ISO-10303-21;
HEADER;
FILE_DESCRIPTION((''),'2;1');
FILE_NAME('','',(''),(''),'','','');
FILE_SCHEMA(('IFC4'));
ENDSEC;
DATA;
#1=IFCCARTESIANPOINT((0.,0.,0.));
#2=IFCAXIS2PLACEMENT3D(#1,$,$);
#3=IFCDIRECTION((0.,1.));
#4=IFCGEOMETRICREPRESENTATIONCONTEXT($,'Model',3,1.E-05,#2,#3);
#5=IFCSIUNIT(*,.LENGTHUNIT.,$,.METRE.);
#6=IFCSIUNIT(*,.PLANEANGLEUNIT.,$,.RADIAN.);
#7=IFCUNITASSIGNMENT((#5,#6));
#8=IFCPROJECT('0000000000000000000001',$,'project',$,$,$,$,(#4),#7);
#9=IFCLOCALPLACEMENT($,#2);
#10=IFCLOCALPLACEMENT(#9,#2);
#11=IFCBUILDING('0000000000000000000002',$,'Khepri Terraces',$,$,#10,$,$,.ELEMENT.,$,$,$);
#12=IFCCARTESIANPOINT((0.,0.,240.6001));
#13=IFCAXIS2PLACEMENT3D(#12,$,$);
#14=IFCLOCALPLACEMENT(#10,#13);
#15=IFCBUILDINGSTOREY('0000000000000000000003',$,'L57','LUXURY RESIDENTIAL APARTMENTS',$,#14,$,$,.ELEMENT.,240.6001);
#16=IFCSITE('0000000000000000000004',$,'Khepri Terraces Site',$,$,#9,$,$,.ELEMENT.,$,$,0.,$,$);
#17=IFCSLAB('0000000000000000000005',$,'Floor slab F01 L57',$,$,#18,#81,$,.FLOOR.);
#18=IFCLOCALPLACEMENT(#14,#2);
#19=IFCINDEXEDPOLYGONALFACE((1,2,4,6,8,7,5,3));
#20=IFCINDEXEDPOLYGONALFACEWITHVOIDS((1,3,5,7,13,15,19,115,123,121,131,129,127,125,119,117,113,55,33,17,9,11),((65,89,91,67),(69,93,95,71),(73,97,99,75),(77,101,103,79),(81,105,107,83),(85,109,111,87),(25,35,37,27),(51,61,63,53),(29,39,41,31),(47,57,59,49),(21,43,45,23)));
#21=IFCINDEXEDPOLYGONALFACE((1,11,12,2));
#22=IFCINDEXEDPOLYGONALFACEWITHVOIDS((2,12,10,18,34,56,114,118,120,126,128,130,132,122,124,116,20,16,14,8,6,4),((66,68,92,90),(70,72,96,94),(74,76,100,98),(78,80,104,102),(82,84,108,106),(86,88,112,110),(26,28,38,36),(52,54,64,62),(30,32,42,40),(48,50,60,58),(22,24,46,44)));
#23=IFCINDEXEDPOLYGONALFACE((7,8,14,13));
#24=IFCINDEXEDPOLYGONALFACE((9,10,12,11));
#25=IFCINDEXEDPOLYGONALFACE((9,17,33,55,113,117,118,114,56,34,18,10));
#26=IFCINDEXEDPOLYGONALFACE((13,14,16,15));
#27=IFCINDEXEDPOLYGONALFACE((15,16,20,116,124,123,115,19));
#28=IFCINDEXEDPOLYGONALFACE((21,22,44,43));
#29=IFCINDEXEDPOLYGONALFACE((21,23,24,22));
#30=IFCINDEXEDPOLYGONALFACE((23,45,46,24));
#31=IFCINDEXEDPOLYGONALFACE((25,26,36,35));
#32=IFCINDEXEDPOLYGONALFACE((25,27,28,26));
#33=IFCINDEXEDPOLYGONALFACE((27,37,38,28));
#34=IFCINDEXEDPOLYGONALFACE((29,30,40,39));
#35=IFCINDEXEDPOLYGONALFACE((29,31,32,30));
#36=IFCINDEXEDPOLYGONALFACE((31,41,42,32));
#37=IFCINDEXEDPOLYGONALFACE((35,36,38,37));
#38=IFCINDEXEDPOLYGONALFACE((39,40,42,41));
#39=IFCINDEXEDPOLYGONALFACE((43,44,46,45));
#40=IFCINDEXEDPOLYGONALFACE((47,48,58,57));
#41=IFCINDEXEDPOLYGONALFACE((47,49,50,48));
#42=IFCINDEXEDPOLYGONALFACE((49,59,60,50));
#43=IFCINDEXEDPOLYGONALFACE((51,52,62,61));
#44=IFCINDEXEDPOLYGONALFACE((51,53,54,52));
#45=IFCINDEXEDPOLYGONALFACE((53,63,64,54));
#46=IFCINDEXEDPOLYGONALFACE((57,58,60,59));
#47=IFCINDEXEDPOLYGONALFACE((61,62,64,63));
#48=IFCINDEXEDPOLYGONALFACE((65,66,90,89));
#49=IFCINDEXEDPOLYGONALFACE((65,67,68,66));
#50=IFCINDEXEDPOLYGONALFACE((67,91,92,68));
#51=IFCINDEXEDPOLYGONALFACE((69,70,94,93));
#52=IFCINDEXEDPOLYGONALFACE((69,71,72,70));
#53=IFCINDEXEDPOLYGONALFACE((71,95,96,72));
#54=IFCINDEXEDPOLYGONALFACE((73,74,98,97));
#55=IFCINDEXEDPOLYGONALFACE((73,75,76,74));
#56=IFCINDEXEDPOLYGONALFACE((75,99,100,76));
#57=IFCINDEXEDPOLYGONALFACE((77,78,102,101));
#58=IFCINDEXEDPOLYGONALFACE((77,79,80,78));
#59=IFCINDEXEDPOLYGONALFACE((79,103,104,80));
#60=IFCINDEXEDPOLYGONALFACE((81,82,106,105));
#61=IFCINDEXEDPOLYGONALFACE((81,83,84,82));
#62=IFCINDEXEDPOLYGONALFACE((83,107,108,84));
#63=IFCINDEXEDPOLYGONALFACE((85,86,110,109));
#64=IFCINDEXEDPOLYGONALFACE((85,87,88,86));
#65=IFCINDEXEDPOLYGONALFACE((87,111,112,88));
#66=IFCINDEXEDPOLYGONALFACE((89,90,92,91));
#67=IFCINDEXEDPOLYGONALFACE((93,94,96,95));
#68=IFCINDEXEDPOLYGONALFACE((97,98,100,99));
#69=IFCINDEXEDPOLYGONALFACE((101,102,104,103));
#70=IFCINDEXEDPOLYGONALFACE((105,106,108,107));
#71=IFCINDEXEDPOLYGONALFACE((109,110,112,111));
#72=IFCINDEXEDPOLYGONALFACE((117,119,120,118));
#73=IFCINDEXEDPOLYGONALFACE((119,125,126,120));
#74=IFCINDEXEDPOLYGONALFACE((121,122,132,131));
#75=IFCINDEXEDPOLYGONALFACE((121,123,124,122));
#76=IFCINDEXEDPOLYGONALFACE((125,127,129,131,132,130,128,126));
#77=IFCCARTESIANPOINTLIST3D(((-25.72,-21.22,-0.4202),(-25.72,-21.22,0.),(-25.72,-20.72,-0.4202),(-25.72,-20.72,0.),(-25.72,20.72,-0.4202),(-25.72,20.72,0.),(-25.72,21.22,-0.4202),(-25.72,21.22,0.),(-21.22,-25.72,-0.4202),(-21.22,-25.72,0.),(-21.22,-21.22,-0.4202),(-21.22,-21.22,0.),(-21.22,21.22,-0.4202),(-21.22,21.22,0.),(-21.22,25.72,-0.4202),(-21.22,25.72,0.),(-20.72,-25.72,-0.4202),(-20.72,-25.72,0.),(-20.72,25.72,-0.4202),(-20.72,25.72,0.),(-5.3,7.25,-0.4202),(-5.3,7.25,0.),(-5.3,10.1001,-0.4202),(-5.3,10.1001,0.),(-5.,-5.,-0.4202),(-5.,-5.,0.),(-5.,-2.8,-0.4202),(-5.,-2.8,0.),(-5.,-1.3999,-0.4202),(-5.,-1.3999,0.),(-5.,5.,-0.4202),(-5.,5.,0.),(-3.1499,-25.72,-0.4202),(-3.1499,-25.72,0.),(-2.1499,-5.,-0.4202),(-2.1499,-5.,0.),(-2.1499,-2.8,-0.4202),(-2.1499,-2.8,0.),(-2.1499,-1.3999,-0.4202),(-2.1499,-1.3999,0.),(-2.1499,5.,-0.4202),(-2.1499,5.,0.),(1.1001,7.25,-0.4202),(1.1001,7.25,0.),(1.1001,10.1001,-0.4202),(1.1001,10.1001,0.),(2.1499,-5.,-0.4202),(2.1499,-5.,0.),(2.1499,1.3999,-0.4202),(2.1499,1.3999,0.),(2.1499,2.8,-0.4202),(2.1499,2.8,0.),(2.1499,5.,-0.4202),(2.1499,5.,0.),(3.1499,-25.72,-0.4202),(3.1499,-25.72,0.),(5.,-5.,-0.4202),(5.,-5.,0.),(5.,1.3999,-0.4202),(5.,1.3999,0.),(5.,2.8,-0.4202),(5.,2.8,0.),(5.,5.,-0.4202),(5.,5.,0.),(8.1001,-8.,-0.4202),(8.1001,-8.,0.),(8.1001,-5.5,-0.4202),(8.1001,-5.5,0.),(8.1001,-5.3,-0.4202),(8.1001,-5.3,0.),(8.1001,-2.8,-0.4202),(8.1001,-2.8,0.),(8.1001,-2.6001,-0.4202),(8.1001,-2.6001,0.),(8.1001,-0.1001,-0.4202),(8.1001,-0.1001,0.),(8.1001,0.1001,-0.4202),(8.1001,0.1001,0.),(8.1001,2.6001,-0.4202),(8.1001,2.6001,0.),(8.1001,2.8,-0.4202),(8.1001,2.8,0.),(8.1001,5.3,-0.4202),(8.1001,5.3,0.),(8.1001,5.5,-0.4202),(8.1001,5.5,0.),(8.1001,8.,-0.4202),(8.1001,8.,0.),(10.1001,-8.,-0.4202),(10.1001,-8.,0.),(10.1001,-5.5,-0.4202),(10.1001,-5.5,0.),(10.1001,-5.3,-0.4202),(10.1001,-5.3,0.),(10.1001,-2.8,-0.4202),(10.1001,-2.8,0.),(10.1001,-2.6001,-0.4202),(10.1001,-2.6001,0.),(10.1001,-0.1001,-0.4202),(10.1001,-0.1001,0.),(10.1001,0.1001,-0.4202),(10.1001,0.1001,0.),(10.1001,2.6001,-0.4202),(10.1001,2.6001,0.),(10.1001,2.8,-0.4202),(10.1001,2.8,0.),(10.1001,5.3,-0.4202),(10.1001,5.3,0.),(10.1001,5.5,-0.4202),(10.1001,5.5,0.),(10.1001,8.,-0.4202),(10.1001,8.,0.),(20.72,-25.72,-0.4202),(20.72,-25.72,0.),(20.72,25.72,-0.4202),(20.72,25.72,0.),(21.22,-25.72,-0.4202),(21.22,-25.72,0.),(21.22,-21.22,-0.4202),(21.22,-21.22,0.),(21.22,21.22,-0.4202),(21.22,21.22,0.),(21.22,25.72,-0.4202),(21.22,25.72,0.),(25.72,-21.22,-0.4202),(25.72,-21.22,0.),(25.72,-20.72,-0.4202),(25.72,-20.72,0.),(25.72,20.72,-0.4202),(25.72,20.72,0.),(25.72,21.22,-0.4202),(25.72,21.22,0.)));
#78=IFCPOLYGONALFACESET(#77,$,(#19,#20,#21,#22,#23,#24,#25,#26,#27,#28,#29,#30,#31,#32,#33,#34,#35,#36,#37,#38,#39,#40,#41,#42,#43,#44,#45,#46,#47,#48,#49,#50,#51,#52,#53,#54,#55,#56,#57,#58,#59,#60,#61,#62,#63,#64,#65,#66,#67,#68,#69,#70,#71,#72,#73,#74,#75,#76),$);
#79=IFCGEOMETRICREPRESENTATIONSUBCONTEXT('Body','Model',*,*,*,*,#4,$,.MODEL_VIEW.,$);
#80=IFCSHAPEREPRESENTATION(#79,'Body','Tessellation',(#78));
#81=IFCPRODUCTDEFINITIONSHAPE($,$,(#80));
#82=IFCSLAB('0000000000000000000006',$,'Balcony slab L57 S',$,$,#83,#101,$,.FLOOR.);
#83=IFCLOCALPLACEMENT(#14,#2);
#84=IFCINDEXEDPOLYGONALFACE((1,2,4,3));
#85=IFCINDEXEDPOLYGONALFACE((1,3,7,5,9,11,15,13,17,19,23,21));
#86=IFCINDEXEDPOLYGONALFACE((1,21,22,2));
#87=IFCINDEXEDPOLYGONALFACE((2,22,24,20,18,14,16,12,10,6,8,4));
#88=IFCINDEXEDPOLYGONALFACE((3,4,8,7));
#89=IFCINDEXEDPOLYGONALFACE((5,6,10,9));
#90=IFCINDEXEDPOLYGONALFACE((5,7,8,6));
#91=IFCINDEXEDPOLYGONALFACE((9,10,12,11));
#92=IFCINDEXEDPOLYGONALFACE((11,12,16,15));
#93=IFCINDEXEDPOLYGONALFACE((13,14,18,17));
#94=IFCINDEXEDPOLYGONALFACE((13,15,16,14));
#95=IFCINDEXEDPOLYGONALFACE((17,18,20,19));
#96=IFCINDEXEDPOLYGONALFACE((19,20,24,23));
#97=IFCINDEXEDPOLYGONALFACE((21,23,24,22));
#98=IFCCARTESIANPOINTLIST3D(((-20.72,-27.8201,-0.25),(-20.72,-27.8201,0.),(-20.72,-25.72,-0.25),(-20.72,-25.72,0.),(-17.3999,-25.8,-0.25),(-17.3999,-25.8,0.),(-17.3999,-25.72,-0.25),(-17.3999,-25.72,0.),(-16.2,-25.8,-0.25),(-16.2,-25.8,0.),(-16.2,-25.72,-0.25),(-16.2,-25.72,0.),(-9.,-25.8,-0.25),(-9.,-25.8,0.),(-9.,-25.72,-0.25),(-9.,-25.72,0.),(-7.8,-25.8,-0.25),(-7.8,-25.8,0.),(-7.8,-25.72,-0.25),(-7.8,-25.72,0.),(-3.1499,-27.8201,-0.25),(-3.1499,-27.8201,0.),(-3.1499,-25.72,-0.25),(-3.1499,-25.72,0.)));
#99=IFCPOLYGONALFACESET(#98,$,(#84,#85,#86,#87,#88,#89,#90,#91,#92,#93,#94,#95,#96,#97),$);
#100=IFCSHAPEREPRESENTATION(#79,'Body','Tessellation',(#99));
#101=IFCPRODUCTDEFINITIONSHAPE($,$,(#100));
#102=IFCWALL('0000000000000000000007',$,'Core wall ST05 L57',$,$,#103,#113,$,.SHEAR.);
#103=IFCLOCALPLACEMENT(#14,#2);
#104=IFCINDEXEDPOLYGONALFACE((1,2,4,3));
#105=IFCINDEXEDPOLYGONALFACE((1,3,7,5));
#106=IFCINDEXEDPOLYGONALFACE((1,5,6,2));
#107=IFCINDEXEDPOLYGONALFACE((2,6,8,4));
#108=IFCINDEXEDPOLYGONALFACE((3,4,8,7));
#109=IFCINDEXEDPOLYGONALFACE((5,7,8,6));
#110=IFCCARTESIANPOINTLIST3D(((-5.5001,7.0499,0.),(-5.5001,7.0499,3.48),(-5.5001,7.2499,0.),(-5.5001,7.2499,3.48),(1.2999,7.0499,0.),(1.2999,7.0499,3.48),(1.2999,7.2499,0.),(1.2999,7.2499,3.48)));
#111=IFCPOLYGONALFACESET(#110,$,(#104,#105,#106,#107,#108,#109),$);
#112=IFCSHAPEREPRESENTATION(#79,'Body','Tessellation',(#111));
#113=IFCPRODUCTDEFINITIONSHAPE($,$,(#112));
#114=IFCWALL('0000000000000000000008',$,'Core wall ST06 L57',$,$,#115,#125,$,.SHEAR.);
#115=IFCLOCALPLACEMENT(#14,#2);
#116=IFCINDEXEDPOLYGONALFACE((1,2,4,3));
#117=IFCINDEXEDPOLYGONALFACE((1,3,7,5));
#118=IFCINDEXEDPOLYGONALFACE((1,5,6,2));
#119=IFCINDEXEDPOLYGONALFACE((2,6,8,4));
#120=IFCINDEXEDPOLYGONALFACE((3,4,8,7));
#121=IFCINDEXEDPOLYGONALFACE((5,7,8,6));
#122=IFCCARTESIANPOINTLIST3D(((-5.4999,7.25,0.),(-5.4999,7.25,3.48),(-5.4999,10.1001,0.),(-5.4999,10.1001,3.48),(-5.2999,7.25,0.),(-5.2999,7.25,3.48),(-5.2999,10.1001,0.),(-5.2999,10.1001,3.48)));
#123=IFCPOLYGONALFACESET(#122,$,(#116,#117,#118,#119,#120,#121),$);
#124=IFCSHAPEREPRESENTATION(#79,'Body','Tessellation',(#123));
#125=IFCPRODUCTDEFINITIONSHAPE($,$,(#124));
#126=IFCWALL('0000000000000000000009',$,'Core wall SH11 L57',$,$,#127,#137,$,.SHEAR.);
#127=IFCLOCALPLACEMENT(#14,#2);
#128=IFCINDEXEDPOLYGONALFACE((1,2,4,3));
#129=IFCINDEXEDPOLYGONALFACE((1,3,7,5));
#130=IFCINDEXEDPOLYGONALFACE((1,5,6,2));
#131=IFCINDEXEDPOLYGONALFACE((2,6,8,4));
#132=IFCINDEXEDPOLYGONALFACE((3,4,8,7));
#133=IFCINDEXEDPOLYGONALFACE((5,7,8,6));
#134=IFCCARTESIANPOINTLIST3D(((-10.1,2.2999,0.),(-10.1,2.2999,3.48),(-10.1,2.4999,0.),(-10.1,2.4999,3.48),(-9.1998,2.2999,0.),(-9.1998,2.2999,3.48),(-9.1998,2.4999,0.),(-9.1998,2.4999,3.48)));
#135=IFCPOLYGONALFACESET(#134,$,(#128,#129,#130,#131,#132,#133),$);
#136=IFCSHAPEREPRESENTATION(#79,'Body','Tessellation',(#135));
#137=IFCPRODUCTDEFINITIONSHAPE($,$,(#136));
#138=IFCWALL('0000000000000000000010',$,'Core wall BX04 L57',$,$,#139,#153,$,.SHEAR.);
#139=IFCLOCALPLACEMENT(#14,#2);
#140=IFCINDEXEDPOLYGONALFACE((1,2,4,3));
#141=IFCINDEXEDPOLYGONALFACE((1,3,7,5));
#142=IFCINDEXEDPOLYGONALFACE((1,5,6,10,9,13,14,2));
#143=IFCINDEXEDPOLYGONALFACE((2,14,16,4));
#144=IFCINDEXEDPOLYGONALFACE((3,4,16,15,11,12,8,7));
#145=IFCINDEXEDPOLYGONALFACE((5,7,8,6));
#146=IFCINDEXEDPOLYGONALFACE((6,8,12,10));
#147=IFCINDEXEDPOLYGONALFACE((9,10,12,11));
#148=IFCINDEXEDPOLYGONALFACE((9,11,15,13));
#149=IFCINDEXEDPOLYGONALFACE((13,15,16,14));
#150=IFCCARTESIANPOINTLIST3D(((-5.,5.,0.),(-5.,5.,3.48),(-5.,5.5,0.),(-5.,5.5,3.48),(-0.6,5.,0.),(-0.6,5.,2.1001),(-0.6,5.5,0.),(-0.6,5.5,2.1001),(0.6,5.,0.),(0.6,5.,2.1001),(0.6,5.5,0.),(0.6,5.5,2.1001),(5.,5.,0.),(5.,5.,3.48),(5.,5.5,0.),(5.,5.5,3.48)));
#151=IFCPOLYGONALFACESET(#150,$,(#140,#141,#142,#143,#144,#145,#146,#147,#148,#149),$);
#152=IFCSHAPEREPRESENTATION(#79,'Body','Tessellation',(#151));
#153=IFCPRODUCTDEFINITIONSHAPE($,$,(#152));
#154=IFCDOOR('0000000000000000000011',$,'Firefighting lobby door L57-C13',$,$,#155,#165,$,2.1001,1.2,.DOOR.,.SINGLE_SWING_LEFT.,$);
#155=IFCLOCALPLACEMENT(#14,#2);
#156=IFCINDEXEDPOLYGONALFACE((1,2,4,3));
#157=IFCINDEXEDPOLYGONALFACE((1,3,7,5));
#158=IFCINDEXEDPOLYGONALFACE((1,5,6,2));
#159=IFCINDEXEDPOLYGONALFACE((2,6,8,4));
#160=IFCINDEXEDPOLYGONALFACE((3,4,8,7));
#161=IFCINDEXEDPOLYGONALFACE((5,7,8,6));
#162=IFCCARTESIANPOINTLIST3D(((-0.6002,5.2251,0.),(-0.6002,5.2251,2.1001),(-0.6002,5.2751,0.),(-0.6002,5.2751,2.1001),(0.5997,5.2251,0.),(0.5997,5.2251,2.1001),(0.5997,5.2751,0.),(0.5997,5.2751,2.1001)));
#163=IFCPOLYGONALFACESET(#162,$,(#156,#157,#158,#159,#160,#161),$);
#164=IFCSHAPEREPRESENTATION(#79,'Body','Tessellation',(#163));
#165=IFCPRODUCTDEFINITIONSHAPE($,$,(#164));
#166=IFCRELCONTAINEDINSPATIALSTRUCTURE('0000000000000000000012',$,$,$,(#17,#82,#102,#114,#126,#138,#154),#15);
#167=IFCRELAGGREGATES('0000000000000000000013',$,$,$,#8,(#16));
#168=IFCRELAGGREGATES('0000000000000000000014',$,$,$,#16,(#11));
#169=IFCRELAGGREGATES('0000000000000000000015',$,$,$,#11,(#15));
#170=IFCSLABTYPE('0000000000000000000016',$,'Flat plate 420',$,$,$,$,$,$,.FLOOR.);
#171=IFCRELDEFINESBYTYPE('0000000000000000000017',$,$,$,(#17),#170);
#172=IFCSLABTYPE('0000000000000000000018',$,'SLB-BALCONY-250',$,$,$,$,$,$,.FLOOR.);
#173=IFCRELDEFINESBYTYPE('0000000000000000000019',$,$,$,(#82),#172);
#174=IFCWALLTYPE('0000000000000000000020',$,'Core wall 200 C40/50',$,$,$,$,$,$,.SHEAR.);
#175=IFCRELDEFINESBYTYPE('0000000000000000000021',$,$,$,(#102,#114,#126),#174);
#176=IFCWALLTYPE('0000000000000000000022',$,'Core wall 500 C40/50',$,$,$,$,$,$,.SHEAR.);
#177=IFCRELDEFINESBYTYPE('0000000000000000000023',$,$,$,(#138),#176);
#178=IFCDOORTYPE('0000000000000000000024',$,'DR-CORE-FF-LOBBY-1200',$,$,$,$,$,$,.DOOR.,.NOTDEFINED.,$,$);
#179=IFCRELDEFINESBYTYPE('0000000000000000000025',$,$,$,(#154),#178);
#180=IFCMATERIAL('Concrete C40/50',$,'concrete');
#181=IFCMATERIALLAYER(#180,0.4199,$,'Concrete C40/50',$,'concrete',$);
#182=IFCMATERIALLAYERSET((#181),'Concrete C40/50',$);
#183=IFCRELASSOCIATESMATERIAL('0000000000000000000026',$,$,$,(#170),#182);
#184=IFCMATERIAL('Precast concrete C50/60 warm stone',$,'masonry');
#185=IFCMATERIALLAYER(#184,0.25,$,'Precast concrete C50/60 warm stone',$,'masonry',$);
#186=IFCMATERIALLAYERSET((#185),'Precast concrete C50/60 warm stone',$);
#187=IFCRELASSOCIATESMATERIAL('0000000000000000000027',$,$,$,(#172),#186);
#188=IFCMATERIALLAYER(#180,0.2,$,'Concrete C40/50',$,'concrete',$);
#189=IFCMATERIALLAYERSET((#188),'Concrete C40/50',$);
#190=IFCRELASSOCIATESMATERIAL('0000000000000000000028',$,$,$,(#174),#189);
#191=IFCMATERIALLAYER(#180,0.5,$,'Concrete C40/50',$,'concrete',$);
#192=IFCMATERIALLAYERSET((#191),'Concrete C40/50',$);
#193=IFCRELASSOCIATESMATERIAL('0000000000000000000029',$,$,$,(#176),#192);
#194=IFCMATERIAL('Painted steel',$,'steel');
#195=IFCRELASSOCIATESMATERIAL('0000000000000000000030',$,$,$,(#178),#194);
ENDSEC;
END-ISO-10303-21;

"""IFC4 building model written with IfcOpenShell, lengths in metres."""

from ifc_helpers import new_model, si_unit, direction, frame, frame_2d, origin, place, context, subcontext, project, spatial, polyline, rectangle, outline, extrude, material, layer, layer_set, type_object, element, fill, save


model = new_model("IFC4")

# Units and contexts
model_context = context("Model", 3, precision=1e-05, world=origin(), true_north=direction((0.0, 1.0)))
body_context = subcontext(model_context, "Body", "Model", "MODEL_VIEW")
ifc_project = project(units=[si_unit("LENGTHUNIT", "METRE"), si_unit("PLANEANGLEUNIT", "RADIAN")], contexts=[model_context])

# Site, building, storey
site_placement = place(None, origin())
site = spatial("IfcSite", under=ifc_project, at=site_placement, Name="Khepri Terraces Site", CompositionType="ELEMENT", RefElevation=0.0)
building_placement = place(site_placement, origin())
building = spatial("IfcBuilding", under=site, at=building_placement, Name="Khepri Terraces", CompositionType="ELEMENT")
storey_placement = place(building_placement, frame((0.0, 0.0, 240.6001)))
storey = spatial("IfcBuildingStorey", under=building, at=storey_placement, Name="L57", Description="LUXURY RESIDENTIAL APARTMENTS", CompositionType="ELEMENT", Elevation=240.6001)

# Slabs
ifc_material_1 = material(Name="Concrete C40/50", Category="concrete")
ifc_layer_1 = layer(ifc_material_1, 0.4199, Name="Concrete C40/50", Category="concrete")
ifc_layer_set_1 = layer_set([ifc_layer_1], Name="Concrete C40/50")
slab_type_1 = type_object("IfcSlabType", Name="Flat plate 420", PredefinedType="FLOOR", material=ifc_layer_set_1)
slab_1_placement = place(storey_placement, frame((0.0, 0.0, -0.4202)))
element("IfcSlab", 1, at=slab_1_placement, inside=storey, type_object=slab_type_1, Name="Floor slab F01 L57", PredefinedType="FLOOR", context=body_context, shape_type="SweptSolid", body=[
    extrude(outline(polyline([(25.72, -20.72), (25.72, -21.22), (21.22, -21.22), (21.22, -25.72), (20.72, -25.72), (3.1499, -25.72), (-3.1499, -25.72), (-20.72, -25.72), (-21.22, -25.72), (-21.22, -21.22), (-25.72, -21.22), (-25.72, -20.72), (-25.72, 20.72), (-25.72, 21.22), (-21.22, 21.22), (-21.22, 25.72), (-20.72, 25.72), (20.72, 25.72), (21.22, 25.72), (21.22, 21.22), (25.72, 21.22), (25.72, 20.72), (25.72, -20.72)]), holes=[polyline([(2.1499, 2.8), (5.0, 2.8), (5.0, 5.0), (2.1499, 5.0), (2.1499, 2.8)]), polyline([(-5.0, -2.8), (-5.0, -5.0), (-2.1499, -5.0), (-2.1499, -2.8), (-5.0, -2.8)]), polyline([(10.1001, -5.5), (8.1001, -5.5), (8.1001, -8.0), (10.1001, -8.0), (10.1001, -5.5)]), polyline([(10.1001, -5.3), (10.1001, -2.8), (8.1001, -2.8), (8.1001, -5.3), (10.1001, -5.3)]), polyline([(8.1001, -2.6001), (10.1001, -2.6001), (10.1001, -0.1001), (8.1001, -0.1001), (8.1001, -2.6001)]), polyline([(8.1001, 2.6001), (8.1001, 0.1001), (10.1001, 0.1001), (10.1001, 2.6001), (8.1001, 2.6001)]), polyline([(10.1001, 5.3), (8.1001, 5.3), (8.1001, 2.8), (10.1001, 2.8), (10.1001, 5.3)]), polyline([(10.1001, 5.5), (10.1001, 8.0), (8.1001, 8.0), (8.1001, 5.5), (10.1001, 5.5)]), polyline([(-5.0, -1.3999), (-2.1499, -1.3999), (-2.1499, 5.0), (-5.0, 5.0), (-5.0, -1.3999)]), polyline([(5.0, -5.0), (5.0, 1.3999), (2.1499, 1.3999), (2.1499, -5.0), (5.0, -5.0)]), polyline([(-5.3, 10.1001), (-5.3, 7.25), (1.1001, 7.25), (1.1001, 10.1001), (-5.3, 10.1001)])]), origin(), (0.0, 0.0, 1.0), 0.4202),
])
ifc_material_2 = material(Name="Precast concrete C50/60 warm stone", Category="masonry")
ifc_layer_2 = layer(ifc_material_2, 0.25, Name="Precast concrete C50/60 warm stone", Category="masonry")
ifc_layer_set_2 = layer_set([ifc_layer_2], Name="Precast concrete C50/60 warm stone")
slab_type_2 = type_object("IfcSlabType", Name="SLB-BALCONY-250", PredefinedType="FLOOR", material=ifc_layer_set_2)
slab_2_placement = place(storey_placement, frame((0.0, 0.0, -0.25)))
element("IfcSlab", 2, at=slab_2_placement, inside=storey, type_object=slab_type_2, Name="Balcony slab L57 S", PredefinedType="FLOOR", context=body_context, shape_type="SweptSolid", body=[
    extrude(outline(polyline([(-17.3999, -25.72), (-20.72, -25.72), (-20.72, -27.8201), (-3.1499, -27.8201), (-3.1499, -25.72), (-7.8, -25.72), (-7.8, -25.8), (-9.0, -25.8), (-9.0, -25.72), (-16.2, -25.72), (-16.2, -25.8), (-17.3999, -25.8), (-17.3999, -25.72)])), origin(), (0.0, 0.0, 1.0), 0.25),
])

# Walls
ifc_layer_3 = layer(ifc_material_1, 0.2, Name="Concrete C40/50", Category="concrete")
ifc_layer_set_3 = layer_set([ifc_layer_3], Name="Concrete C40/50")
wall_type_1 = type_object("IfcWallType", Name="Core wall 200 C40/50", PredefinedType="SHEAR", material=ifc_layer_set_3)
wall_1_placement = place(storey_placement, frame((-5.5, 7.1499, 0.0), z_axis=(0.0, 0.0, 1.0), x_axis=(1.0, 0.0, 0.0)))
element("IfcWall", 3, at=wall_1_placement, inside=storey, type_object=wall_type_1, Name="Core wall ST05 L57", PredefinedType="SHEAR", context=body_context, shape_type="SweptSolid", body=[
    extrude(rectangle(XDim=6.8, YDim=0.2, at=frame_2d((3.3999, 0.0))), origin(), (0.0, 0.0, 1.0), 3.48),
])
wall_2_placement = place(storey_placement, frame((-5.3999, 7.25, 0.0), z_axis=(0.0, 0.0, 1.0), x_axis=(0.0, 1.0, 0.0)))
element("IfcWall", 4, at=wall_2_placement, inside=storey, type_object=wall_type_1, Name="Core wall ST06 L57", PredefinedType="SHEAR", context=body_context, shape_type="SweptSolid", body=[
    extrude(rectangle(XDim=2.8501, YDim=0.2, at=frame_2d((1.425, 0.0))), origin(), (0.0, 0.0, 1.0), 3.48),
])
wall_3_placement = place(storey_placement, frame((-10.1001, 2.3999, 0.0), z_axis=(0.0, 0.0, 1.0), x_axis=(1.0, 0.0, 0.0)))
element("IfcWall", 5, at=wall_3_placement, inside=storey, type_object=wall_type_1, Name="Core wall SH11 L57", PredefinedType="SHEAR", context=body_context, shape_type="SweptSolid", body=[
    extrude(rectangle(XDim=0.9001, YDim=0.2, at=frame_2d((0.4502, 0.0))), origin(), (0.0, 0.0, 1.0), 3.48),
])

# Wall, opening, door
ifc_layer_4 = layer(ifc_material_1, 0.5, Name="Concrete C40/50", Category="concrete")
ifc_layer_set_4 = layer_set([ifc_layer_4], Name="Concrete C40/50")
wall_type_2 = type_object("IfcWallType", Name="Core wall 500 C40/50", PredefinedType="SHEAR", material=ifc_layer_set_4)
wall_4_placement = place(storey_placement, frame((-5.0, 5.25, 0.0), z_axis=(0.0, 0.0, 1.0), x_axis=(1.0, 0.0, 0.0)))
wall_4 = element("IfcWall", 6, at=wall_4_placement, inside=storey, type_object=wall_type_2, Name="Core wall BX04 L57", PredefinedType="SHEAR", context=body_context, shape_type="SweptSolid", body=[
    extrude(rectangle(XDim=10.0, YDim=0.5, at=frame_2d((5.0, 0.0))), origin(), (0.0, 0.0, 1.0), 3.48),
])
opening_1_placement = place(wall_4_placement, frame((4.3999, 0.0, 0.0)))
opening_1 = element("IfcOpeningElement", 7, at=opening_1_placement, cuts=wall_4, PredefinedType="OPENING", context=body_context, shape_type="SweptSolid", body=[
    extrude(rectangle(XDim=1.2, YDim=2.1001, at=frame_2d((0.6001, 1.05))), frame((0.0, 0.26, 0.0), z_axis=(0.0, -1.0, 0.0), x_axis=(1.0, 0.0, 0.0)), (0.0, 0.0, 1.0), 0.52),
])
ifc_material_3 = material(Name="Painted steel", Category="steel")
door_type_1 = type_object("IfcDoorType", Name="DR-CORE-FF-LOBBY-1200", OperationType="NOTDEFINED", PredefinedType="DOOR", material=ifc_material_3)
door_1_placement = place(opening_1_placement, frame((1.2, 0.0, 0.0), z_axis=(0.0, 0.0, 1.0), x_axis=(-1.0, 0.0, 0.0)))
door_1 = element("IfcDoor", 8, at=door_1_placement, inside=storey, type_object=door_type_1, Name="Firefighting lobby door L57-C13", OperationType="SINGLE_SWING_LEFT", OverallHeight=2.1001, OverallWidth=1.2, PredefinedType="DOOR", context=body_context, shape_type="SweptSolid", body=[
    extrude(rectangle(XDim=1.2, YDim=2.1001, at=frame_2d((0.6001, 1.05))), frame((0.0, 0.0249, 0.0), z_axis=(0.0, -1.0, 0.0), x_axis=(1.0, 0.0, 0.0)), (0.0, 0.0, 1.0), 0.05),
])
fill(opening_1, door_1)

save(model, "model.ifc")
